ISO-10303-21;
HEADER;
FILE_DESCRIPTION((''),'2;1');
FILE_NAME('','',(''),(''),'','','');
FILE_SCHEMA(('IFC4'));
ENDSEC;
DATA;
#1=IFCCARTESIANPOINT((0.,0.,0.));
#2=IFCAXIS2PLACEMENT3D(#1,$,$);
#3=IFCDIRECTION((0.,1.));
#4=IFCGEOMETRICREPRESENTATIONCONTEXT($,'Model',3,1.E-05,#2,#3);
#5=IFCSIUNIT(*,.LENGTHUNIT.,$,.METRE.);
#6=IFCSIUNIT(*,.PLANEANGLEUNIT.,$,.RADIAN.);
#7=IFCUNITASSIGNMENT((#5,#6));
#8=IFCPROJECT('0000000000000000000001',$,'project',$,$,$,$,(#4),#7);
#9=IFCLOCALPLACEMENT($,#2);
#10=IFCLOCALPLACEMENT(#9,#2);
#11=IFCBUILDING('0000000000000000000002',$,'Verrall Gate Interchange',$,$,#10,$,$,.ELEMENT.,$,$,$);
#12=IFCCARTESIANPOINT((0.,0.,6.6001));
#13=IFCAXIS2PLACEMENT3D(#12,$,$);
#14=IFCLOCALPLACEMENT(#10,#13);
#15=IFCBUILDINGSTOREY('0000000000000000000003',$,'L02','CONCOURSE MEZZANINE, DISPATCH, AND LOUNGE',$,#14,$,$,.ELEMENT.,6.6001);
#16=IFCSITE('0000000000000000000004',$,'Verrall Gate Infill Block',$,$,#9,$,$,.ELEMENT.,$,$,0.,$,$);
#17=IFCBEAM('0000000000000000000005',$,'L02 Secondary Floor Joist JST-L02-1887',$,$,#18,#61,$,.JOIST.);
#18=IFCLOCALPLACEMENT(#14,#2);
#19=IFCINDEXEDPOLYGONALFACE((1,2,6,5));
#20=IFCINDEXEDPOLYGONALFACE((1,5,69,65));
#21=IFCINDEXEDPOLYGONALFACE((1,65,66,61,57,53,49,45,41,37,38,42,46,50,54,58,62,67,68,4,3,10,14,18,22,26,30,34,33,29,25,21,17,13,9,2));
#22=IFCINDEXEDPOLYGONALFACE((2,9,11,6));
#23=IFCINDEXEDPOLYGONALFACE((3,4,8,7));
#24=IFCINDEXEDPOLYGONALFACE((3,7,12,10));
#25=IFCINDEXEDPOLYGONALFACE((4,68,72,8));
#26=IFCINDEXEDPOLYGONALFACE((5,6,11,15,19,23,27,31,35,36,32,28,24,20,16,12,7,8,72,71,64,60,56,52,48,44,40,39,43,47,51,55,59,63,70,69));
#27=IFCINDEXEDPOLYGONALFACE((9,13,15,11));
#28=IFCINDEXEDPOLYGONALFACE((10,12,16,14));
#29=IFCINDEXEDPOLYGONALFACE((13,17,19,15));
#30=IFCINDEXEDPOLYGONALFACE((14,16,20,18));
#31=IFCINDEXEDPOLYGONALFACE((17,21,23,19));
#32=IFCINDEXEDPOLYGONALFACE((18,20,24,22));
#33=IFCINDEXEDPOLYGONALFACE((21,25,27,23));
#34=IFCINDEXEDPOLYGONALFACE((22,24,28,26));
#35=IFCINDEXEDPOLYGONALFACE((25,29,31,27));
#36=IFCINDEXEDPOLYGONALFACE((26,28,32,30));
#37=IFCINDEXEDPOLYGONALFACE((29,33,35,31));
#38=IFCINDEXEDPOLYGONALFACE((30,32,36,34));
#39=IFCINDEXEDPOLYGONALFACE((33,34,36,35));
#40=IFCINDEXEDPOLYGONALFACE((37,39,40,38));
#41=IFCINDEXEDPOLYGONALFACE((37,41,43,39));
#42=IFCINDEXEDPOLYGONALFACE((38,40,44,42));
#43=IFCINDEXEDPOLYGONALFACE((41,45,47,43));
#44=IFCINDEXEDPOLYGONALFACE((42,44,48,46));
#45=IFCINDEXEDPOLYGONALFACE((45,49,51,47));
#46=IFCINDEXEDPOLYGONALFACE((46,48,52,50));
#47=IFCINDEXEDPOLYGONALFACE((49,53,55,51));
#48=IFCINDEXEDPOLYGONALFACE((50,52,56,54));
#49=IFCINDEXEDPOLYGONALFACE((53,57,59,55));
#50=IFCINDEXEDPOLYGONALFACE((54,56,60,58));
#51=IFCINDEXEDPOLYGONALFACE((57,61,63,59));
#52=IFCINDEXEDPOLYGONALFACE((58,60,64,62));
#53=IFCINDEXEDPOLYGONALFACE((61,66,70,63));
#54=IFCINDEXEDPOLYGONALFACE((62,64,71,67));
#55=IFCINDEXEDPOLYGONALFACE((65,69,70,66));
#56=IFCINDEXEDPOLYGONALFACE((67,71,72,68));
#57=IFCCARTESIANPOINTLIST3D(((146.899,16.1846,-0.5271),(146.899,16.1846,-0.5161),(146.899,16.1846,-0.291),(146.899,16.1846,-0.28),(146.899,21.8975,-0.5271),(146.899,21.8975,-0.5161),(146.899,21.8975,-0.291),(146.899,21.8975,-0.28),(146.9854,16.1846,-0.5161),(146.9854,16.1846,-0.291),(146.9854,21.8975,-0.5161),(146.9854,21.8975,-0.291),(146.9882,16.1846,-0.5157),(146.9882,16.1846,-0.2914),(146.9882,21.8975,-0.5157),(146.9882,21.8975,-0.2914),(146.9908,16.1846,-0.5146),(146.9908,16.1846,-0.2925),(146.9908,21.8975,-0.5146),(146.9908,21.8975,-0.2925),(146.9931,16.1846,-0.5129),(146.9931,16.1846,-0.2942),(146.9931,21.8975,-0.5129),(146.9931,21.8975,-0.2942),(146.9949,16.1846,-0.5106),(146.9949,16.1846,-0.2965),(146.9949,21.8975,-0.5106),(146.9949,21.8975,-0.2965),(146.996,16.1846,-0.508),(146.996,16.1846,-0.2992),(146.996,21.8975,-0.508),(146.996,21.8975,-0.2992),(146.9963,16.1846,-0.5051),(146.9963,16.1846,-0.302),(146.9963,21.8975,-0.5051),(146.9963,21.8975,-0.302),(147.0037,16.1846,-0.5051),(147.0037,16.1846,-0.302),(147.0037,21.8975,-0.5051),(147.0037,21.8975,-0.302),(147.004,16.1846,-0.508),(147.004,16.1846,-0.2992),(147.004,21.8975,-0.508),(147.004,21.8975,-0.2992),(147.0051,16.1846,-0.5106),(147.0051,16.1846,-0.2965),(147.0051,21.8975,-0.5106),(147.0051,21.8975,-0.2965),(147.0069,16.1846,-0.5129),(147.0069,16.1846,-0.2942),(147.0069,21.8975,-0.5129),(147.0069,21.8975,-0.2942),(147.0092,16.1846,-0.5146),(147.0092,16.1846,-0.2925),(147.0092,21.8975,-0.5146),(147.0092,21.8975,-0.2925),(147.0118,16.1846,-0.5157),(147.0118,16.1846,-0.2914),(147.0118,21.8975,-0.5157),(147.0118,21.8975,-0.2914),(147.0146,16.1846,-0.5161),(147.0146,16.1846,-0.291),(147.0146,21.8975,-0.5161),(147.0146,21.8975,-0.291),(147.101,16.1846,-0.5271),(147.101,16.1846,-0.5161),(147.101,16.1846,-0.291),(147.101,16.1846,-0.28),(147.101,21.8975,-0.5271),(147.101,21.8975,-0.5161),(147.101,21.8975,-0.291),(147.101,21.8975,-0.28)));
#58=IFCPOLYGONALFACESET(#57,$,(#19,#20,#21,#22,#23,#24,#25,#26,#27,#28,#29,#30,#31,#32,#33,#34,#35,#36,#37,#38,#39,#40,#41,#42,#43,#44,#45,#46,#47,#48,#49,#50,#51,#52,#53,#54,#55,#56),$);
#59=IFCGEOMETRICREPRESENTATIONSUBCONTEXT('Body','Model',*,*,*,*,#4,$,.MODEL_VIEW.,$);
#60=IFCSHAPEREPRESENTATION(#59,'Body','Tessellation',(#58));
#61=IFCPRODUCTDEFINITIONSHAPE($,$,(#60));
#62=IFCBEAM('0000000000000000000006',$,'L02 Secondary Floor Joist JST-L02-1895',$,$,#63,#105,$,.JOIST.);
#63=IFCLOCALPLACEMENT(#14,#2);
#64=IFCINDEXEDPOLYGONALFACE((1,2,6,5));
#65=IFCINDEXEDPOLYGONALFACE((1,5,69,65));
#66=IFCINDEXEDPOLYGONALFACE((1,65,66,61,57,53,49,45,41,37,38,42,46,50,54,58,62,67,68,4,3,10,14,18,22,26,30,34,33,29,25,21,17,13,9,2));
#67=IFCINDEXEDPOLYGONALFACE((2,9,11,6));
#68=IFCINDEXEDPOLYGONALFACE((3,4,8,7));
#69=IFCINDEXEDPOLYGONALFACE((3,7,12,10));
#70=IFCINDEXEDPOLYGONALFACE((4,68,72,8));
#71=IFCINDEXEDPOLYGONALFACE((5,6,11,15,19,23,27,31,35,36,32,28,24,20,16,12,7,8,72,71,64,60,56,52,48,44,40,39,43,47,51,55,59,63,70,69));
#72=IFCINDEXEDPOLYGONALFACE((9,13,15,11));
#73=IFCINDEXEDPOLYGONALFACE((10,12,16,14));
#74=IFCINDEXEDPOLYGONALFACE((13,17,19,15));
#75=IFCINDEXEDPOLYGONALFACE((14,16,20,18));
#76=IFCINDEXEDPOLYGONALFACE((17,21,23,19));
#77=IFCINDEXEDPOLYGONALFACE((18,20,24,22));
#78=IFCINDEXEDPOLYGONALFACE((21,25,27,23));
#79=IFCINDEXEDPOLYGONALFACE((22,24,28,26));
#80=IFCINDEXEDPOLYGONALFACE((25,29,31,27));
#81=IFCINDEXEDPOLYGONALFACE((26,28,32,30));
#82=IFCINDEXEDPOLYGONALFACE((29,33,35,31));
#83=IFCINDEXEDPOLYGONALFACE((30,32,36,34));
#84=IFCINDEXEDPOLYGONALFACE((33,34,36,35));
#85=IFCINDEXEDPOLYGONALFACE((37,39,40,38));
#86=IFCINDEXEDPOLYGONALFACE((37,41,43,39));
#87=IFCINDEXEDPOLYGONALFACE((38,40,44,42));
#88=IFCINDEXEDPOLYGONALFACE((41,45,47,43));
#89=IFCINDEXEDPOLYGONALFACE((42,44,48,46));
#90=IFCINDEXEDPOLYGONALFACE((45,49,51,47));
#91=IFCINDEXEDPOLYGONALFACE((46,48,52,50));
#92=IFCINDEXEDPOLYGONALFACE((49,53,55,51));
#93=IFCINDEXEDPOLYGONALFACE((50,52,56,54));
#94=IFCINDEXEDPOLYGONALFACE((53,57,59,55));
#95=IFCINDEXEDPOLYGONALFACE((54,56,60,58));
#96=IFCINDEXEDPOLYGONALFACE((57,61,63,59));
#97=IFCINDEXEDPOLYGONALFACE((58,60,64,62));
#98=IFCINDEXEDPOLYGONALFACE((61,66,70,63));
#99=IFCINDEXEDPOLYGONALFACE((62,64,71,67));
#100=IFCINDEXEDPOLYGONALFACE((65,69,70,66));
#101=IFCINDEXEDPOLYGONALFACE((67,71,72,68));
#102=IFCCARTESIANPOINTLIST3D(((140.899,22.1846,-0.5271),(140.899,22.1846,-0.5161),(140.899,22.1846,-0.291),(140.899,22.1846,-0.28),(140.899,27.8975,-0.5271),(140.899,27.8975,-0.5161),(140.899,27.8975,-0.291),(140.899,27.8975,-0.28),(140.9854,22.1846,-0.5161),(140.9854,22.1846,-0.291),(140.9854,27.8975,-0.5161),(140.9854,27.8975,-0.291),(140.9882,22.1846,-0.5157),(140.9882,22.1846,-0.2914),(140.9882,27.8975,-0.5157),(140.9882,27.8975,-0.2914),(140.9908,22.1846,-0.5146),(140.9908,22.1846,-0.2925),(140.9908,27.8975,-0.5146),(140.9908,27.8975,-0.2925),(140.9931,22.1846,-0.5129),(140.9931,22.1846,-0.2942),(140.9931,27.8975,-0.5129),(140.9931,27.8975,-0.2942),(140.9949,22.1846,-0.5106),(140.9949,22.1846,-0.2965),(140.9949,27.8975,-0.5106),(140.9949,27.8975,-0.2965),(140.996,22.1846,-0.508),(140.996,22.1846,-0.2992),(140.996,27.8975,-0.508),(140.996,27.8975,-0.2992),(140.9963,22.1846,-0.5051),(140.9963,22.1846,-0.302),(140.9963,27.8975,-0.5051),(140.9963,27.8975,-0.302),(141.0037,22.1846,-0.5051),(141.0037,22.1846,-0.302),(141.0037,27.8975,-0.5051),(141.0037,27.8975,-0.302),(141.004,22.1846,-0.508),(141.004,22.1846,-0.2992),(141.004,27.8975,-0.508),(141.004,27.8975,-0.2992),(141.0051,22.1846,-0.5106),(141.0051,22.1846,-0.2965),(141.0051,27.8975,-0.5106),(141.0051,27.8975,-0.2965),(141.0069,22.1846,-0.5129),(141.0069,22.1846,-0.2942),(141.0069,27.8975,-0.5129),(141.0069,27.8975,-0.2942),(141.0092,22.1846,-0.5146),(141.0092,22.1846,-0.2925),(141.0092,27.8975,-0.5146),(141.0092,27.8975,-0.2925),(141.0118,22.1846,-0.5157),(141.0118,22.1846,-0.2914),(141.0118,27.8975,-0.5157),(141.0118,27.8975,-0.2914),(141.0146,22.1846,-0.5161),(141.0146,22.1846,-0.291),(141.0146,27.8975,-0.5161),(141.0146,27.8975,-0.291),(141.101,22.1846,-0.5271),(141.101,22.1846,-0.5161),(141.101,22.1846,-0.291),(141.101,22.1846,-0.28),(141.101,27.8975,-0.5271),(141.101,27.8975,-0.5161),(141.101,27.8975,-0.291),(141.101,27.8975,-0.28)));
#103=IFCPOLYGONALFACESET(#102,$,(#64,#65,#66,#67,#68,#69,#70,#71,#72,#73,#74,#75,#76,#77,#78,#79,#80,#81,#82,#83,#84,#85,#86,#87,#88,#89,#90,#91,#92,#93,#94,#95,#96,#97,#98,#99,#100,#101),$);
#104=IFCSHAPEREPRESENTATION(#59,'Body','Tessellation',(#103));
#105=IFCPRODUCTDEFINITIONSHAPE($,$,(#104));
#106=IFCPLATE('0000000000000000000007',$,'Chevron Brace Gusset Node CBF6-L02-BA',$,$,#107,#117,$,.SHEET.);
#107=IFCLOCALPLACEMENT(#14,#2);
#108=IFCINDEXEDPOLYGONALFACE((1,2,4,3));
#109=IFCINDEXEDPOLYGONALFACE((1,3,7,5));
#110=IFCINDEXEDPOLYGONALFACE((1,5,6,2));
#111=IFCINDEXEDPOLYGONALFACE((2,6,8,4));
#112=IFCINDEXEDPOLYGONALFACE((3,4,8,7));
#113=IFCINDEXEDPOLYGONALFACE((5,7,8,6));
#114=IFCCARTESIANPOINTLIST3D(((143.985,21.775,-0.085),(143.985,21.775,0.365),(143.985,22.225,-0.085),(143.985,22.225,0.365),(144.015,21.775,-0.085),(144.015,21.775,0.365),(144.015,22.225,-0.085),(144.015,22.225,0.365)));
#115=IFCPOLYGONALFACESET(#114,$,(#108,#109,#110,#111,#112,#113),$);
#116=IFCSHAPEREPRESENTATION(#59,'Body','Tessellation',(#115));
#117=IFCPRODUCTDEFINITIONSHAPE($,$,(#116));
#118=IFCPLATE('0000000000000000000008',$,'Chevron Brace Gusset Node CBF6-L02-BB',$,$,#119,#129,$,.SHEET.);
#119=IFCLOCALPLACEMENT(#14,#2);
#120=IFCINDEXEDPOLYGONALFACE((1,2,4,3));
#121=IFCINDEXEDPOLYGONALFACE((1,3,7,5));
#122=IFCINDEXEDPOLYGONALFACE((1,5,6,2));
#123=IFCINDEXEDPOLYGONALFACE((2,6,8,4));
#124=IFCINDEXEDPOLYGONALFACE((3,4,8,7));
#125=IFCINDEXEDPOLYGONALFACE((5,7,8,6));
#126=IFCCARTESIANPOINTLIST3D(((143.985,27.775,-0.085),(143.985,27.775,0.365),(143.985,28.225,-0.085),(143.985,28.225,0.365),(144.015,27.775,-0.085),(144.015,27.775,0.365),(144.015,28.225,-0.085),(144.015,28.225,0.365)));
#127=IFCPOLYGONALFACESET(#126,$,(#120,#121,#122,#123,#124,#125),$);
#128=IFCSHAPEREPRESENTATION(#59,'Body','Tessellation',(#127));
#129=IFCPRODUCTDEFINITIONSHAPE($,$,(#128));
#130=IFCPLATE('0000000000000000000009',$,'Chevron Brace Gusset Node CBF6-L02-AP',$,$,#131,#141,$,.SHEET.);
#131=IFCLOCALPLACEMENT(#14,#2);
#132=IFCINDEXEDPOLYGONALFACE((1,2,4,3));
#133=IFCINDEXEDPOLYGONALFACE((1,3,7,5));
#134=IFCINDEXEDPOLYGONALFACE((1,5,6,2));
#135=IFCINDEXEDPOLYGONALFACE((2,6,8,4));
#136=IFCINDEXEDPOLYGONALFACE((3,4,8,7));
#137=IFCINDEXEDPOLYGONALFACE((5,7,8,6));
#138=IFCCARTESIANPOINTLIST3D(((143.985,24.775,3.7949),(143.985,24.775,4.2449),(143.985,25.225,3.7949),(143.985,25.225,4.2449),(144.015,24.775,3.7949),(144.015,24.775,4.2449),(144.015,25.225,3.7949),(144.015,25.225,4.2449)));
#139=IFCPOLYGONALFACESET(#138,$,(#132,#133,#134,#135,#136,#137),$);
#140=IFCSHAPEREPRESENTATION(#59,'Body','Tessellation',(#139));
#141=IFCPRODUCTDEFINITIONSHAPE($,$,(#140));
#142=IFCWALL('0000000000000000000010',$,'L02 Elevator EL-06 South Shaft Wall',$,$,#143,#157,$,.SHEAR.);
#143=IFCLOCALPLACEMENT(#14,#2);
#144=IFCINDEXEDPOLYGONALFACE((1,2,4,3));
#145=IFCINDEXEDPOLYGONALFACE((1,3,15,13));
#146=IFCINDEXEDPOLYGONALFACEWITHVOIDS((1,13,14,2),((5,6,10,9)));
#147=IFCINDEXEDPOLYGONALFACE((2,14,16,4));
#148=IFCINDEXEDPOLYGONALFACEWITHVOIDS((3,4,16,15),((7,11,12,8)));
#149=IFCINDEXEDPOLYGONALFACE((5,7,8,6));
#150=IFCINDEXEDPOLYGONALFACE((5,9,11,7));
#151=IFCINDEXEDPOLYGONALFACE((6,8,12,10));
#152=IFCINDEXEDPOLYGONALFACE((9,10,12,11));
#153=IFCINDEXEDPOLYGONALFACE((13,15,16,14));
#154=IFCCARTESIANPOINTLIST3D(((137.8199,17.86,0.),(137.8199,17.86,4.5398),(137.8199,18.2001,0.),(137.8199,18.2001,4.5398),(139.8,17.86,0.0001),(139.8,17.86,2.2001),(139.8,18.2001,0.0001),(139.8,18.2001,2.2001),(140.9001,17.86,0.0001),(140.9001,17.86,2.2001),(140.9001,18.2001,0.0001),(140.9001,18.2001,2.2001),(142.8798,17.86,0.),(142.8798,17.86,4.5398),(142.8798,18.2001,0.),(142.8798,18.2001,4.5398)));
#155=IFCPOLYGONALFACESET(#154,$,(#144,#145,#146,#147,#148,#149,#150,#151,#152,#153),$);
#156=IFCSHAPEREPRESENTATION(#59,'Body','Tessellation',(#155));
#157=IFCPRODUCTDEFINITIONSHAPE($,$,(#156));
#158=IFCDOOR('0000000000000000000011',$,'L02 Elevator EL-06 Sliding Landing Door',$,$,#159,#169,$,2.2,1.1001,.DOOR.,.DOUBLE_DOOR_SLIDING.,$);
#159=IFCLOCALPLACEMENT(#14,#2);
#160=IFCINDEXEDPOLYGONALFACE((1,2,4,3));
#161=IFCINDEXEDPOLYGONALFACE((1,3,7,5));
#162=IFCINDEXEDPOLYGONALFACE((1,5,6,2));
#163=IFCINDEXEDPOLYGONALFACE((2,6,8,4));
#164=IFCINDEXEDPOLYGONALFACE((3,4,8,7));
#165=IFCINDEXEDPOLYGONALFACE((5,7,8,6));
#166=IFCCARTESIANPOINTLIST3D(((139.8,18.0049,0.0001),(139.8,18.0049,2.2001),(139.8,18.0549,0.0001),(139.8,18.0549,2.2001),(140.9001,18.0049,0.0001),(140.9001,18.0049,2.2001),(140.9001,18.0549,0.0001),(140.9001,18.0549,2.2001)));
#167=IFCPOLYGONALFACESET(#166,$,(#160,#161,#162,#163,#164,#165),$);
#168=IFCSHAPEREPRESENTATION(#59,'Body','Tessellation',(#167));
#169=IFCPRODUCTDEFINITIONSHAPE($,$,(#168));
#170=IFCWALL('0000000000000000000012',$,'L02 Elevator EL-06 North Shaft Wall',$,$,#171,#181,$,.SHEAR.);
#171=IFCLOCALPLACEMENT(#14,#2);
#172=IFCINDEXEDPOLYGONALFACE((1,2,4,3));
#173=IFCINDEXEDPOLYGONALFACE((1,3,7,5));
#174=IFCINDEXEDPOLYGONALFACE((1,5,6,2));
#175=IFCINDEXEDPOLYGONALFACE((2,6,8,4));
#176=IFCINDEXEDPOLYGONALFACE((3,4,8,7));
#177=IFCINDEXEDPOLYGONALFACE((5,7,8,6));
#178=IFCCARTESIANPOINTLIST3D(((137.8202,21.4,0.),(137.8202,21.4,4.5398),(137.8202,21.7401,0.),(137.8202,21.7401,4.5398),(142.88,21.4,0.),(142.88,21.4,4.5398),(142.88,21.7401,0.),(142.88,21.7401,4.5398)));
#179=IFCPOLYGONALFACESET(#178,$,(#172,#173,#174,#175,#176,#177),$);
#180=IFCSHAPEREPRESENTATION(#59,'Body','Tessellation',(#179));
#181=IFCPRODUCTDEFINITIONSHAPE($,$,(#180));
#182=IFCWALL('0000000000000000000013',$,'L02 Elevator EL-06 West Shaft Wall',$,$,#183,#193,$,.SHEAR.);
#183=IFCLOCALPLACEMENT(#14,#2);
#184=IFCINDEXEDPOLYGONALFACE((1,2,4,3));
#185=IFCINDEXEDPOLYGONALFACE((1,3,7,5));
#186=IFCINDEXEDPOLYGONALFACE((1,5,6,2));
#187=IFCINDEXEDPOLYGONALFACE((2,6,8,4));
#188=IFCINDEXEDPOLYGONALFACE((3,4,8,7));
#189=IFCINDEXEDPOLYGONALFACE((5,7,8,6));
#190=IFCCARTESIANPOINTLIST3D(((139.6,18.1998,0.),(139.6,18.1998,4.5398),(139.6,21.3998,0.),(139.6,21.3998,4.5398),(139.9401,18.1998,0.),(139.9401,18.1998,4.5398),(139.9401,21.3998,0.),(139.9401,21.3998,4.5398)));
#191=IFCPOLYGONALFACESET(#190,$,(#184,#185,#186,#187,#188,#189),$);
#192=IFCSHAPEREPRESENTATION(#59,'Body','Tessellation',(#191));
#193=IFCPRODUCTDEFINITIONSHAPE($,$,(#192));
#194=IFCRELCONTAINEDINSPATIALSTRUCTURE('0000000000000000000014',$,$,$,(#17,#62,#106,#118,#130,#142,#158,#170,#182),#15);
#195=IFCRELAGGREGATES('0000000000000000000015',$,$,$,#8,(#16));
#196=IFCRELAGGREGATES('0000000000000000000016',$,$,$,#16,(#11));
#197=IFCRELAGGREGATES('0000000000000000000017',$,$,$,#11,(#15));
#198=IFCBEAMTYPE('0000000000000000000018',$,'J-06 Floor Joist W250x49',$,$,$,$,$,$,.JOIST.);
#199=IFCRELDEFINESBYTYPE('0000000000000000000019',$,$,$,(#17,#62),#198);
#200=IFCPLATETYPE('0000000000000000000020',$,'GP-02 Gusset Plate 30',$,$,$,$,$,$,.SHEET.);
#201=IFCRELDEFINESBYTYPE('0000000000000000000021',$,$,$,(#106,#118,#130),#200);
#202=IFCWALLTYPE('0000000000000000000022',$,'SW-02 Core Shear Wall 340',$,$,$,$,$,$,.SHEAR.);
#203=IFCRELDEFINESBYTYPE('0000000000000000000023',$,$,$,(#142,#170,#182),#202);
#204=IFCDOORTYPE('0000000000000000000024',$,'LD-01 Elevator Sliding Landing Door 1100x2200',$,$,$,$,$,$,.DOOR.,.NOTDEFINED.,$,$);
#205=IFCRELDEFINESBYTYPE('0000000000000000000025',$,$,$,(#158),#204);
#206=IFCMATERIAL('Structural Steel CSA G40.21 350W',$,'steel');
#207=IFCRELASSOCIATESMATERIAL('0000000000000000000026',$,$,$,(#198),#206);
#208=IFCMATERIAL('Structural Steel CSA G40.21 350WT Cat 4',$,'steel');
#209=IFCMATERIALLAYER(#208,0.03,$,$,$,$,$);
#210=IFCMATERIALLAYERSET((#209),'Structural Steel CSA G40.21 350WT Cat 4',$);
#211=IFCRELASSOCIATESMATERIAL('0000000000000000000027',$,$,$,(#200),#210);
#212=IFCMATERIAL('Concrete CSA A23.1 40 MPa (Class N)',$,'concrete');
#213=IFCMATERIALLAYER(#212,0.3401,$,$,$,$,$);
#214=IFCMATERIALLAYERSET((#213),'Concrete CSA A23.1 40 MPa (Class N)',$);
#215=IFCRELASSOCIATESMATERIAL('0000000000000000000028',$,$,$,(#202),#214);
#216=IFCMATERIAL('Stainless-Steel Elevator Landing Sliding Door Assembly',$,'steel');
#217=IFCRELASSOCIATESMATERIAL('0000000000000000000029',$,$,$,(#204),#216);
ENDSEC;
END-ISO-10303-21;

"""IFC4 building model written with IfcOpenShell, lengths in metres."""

from ifc_helpers import new_model, si_unit, direction, frame, frame_2d, origin, origin_2d, place, context, subcontext, project, spatial, rectangle, i_section, extrude, material, layer, layer_set, material_profile, profile_set, type_object, element, fill, save


model = new_model("IFC4")

# Units and contexts
model_context = context("Model", 3, precision=1e-05, world=origin(), true_north=direction((0.0, 1.0)))
body_context = subcontext(model_context, "Body", "Model", "MODEL_VIEW")
ifc_project = project(units=[si_unit("LENGTHUNIT", "METRE"), si_unit("PLANEANGLEUNIT", "RADIAN")], contexts=[model_context])

# Site, building, storey
site_placement = place(None, origin())
site = spatial("IfcSite", under=ifc_project, at=site_placement, Name="Verrall Gate Infill Block", CompositionType="ELEMENT", RefElevation=0.0)
building_placement = place(site_placement, origin())
building = spatial("IfcBuilding", under=site, at=building_placement, Name="Verrall Gate Interchange", CompositionType="ELEMENT")
storey_placement = place(building_placement, frame((0.0, 0.0, 6.6001)))
storey = spatial("IfcBuildingStorey", under=building, at=storey_placement, Name="L02", Description="CONCOURSE MEZZANINE, DISPATCH, AND LOUNGE", CompositionType="ELEMENT", Elevation=6.6001)

# Beams
ifc_material_1 = material(Name="Structural Steel CSA G40.21 350W", Category="steel")
ifc_material_profile_1 = material_profile(ifc_material_1, i_section(OverallWidth=0.2019, OverallDepth=0.2471, WebThickness=0.0073, FlangeThickness=0.011, FilletRadius=0.011, at=origin_2d()), Name="W250x49")
ifc_profile_set_1 = profile_set([ifc_material_profile_1], Name="Structural Steel CSA G40.21 350W")
beam_type_1 = type_object("IfcBeamType", Name="J-06 Floor Joist W250x49", PredefinedType="JOIST", material=ifc_profile_set_1)
for number, where, z_axis, x_axis, name in (
    (1, (147.0, 16.1846, -0.4036), (0.0, 1.0, 0.0), (-1.0, 0.0, 0.0), "L02 Secondary Floor Joist JST-L02-1887"),
    (2, (141.0, 22.1846, -0.4036), (0.0, 1.0, 0.0), (-1.0, 0.0, 0.0), "L02 Secondary Floor Joist JST-L02-1895"),
):
    element("IfcBeam", number, at=place(storey_placement, frame(where, z_axis=z_axis, x_axis=x_axis)), inside=storey, type_object=beam_type_1, Name=name, PredefinedType="JOIST", context=body_context, shape_type="SweptSolid", body=[
        extrude(i_section(OverallWidth=0.2019, OverallDepth=0.2471, WebThickness=0.0073, FlangeThickness=0.011, FilletRadius=0.011, at=origin_2d()), origin(), (0.0, 0.0, 1.0), 5.7129),
    ])

# Plates
ifc_material_2 = material(Name="Structural Steel CSA G40.21 350WT Cat 4", Category="steel")
ifc_layer_1 = layer(ifc_material_2, 0.03)
ifc_layer_set_1 = layer_set([ifc_layer_1], Name="Structural Steel CSA G40.21 350WT Cat 4")
plate_type = type_object("IfcPlateType", Name="GP-02 Gusset Plate 30", PredefinedType="SHEET", material=ifc_layer_set_1)
for number, where, z_axis, x_axis, name in (
    (3, (144.0, 22.0, -0.085), (0.0, 0.0, 1.0), (1.0, 0.0, 0.0), "Chevron Brace Gusset Node CBF6-L02-BA"),
    (4, (144.0, 28.0, -0.085), (0.0, 0.0, 1.0), (1.0, 0.0, 0.0), "Chevron Brace Gusset Node CBF6-L02-BB"),
    (5, (144.0, 25.0, 3.7949), (0.0, 0.0, 1.0), (1.0, 0.0, 0.0), "Chevron Brace Gusset Node CBF6-L02-AP"),
):
    element("IfcPlate", number, at=place(storey_placement, frame(where, z_axis=z_axis, x_axis=x_axis)), inside=storey, type_object=plate_type, Name=name, PredefinedType="SHEET", context=body_context, shape_type="SweptSolid", body=[
        extrude(rectangle(XDim=0.03, YDim=0.45, at=origin_2d()), origin(), (0.0, 0.0, 1.0), 0.45),
    ])

# Wall, opening, door
ifc_material_3 = material(Name="Concrete CSA A23.1 40 MPa (Class N)", Category="concrete")
ifc_layer_2 = layer(ifc_material_3, 0.3401)
ifc_layer_set_2 = layer_set([ifc_layer_2], Name="Concrete CSA A23.1 40 MPa (Class N)")
wall_type_1 = type_object("IfcWallType", Name="SW-02 Core Shear Wall 340", PredefinedType="SHEAR", material=ifc_layer_set_2)
wall_1_placement = place(storey_placement, frame((137.8201, 18.03, 0.0), z_axis=(0.0, 0.0, 1.0), x_axis=(1.0, 0.0, 0.0)))
wall_1 = element("IfcWall", 6, at=wall_1_placement, inside=storey, type_object=wall_type_1, Name="L02 Elevator EL-06 South Shaft Wall", PredefinedType="SHEAR", context=body_context, shape_type="SweptSolid", body=[
    extrude(rectangle(XDim=5.0598, YDim=0.3401, at=frame_2d((2.5298, 0.0))), origin(), (0.0, 0.0, 1.0), 4.5398),
])
opening_placement = place(wall_1_placement, frame((1.98, 0.0, 0.0)))
opening = element("IfcOpeningElement", 7, at=opening_placement, cuts=wall_1, PredefinedType="OPENING", context=body_context, shape_type="SweptSolid", body=[
    extrude(rectangle(XDim=1.1001, YDim=2.2, at=frame_2d((0.55, 1.1001))), frame((0.0, 0.1851, 0.0), z_axis=(0.0, -1.0, 0.0), x_axis=(1.0, 0.0, 0.0)), (0.0, 0.0, 1.0), 0.3699),
])
ifc_material_4 = material(Name="Stainless-Steel Elevator Landing Sliding Door Assembly", Category="steel")
door_type = type_object("IfcDoorType", Name="LD-01 Elevator Sliding Landing Door 1100x2200", OperationType="NOTDEFINED", PredefinedType="DOOR", material=ifc_material_4)
door_placement = place(opening_placement, origin())
door = element("IfcDoor", 8, at=door_placement, inside=storey, type_object=door_type, Name="L02 Elevator EL-06 Sliding Landing Door", OperationType="DOUBLE_DOOR_SLIDING", OverallHeight=2.2, OverallWidth=1.1001, PredefinedType="DOOR", context=body_context, shape_type="SweptSolid", body=[
    extrude(rectangle(XDim=1.1001, YDim=2.2, at=frame_2d((0.55, 1.1001))), frame((0.0, 0.0249, 0.0), z_axis=(0.0, -1.0, 0.0), x_axis=(1.0, 0.0, 0.0)), (0.0, 0.0, 1.0), 0.05),
])
fill(opening, door)

# Walls
wall_2_placement = place(storey_placement, frame((142.8799, 21.5701, 0.0), z_axis=(0.0, 0.0, 1.0), x_axis=(-1.0, 0.0, 0.0)))
element("IfcWall", 9, at=wall_2_placement, inside=storey, type_object=wall_type_1, Name="L02 Elevator EL-06 North Shaft Wall", PredefinedType="SHEAR", context=body_context, shape_type="SweptSolid", body=[
    extrude(rectangle(XDim=5.0598, YDim=0.3401, at=frame_2d((2.5298, 0.0))), origin(), (0.0, 0.0, 1.0), 4.5398),
])
for number, where, z_axis, x_axis, name in (
    (10, (139.77, 21.3999, 0.0), (0.0, 0.0, 1.0), (0.0, -1.0, 0.0), "L02 Elevator EL-06 West Shaft Wall"),
):
    element("IfcWall", number, at=place(storey_placement, frame(where, z_axis=z_axis, x_axis=x_axis)), inside=storey, type_object=wall_type_1, Name=name, PredefinedType="SHEAR", context=body_context, shape_type="SweptSolid", body=[
        extrude(rectangle(XDim=3.2, YDim=0.3401, at=frame_2d((1.6001, 0.0))), origin(), (0.0, 0.0, 1.0), 4.5398),
    ])

save(model, "model.ifc")
